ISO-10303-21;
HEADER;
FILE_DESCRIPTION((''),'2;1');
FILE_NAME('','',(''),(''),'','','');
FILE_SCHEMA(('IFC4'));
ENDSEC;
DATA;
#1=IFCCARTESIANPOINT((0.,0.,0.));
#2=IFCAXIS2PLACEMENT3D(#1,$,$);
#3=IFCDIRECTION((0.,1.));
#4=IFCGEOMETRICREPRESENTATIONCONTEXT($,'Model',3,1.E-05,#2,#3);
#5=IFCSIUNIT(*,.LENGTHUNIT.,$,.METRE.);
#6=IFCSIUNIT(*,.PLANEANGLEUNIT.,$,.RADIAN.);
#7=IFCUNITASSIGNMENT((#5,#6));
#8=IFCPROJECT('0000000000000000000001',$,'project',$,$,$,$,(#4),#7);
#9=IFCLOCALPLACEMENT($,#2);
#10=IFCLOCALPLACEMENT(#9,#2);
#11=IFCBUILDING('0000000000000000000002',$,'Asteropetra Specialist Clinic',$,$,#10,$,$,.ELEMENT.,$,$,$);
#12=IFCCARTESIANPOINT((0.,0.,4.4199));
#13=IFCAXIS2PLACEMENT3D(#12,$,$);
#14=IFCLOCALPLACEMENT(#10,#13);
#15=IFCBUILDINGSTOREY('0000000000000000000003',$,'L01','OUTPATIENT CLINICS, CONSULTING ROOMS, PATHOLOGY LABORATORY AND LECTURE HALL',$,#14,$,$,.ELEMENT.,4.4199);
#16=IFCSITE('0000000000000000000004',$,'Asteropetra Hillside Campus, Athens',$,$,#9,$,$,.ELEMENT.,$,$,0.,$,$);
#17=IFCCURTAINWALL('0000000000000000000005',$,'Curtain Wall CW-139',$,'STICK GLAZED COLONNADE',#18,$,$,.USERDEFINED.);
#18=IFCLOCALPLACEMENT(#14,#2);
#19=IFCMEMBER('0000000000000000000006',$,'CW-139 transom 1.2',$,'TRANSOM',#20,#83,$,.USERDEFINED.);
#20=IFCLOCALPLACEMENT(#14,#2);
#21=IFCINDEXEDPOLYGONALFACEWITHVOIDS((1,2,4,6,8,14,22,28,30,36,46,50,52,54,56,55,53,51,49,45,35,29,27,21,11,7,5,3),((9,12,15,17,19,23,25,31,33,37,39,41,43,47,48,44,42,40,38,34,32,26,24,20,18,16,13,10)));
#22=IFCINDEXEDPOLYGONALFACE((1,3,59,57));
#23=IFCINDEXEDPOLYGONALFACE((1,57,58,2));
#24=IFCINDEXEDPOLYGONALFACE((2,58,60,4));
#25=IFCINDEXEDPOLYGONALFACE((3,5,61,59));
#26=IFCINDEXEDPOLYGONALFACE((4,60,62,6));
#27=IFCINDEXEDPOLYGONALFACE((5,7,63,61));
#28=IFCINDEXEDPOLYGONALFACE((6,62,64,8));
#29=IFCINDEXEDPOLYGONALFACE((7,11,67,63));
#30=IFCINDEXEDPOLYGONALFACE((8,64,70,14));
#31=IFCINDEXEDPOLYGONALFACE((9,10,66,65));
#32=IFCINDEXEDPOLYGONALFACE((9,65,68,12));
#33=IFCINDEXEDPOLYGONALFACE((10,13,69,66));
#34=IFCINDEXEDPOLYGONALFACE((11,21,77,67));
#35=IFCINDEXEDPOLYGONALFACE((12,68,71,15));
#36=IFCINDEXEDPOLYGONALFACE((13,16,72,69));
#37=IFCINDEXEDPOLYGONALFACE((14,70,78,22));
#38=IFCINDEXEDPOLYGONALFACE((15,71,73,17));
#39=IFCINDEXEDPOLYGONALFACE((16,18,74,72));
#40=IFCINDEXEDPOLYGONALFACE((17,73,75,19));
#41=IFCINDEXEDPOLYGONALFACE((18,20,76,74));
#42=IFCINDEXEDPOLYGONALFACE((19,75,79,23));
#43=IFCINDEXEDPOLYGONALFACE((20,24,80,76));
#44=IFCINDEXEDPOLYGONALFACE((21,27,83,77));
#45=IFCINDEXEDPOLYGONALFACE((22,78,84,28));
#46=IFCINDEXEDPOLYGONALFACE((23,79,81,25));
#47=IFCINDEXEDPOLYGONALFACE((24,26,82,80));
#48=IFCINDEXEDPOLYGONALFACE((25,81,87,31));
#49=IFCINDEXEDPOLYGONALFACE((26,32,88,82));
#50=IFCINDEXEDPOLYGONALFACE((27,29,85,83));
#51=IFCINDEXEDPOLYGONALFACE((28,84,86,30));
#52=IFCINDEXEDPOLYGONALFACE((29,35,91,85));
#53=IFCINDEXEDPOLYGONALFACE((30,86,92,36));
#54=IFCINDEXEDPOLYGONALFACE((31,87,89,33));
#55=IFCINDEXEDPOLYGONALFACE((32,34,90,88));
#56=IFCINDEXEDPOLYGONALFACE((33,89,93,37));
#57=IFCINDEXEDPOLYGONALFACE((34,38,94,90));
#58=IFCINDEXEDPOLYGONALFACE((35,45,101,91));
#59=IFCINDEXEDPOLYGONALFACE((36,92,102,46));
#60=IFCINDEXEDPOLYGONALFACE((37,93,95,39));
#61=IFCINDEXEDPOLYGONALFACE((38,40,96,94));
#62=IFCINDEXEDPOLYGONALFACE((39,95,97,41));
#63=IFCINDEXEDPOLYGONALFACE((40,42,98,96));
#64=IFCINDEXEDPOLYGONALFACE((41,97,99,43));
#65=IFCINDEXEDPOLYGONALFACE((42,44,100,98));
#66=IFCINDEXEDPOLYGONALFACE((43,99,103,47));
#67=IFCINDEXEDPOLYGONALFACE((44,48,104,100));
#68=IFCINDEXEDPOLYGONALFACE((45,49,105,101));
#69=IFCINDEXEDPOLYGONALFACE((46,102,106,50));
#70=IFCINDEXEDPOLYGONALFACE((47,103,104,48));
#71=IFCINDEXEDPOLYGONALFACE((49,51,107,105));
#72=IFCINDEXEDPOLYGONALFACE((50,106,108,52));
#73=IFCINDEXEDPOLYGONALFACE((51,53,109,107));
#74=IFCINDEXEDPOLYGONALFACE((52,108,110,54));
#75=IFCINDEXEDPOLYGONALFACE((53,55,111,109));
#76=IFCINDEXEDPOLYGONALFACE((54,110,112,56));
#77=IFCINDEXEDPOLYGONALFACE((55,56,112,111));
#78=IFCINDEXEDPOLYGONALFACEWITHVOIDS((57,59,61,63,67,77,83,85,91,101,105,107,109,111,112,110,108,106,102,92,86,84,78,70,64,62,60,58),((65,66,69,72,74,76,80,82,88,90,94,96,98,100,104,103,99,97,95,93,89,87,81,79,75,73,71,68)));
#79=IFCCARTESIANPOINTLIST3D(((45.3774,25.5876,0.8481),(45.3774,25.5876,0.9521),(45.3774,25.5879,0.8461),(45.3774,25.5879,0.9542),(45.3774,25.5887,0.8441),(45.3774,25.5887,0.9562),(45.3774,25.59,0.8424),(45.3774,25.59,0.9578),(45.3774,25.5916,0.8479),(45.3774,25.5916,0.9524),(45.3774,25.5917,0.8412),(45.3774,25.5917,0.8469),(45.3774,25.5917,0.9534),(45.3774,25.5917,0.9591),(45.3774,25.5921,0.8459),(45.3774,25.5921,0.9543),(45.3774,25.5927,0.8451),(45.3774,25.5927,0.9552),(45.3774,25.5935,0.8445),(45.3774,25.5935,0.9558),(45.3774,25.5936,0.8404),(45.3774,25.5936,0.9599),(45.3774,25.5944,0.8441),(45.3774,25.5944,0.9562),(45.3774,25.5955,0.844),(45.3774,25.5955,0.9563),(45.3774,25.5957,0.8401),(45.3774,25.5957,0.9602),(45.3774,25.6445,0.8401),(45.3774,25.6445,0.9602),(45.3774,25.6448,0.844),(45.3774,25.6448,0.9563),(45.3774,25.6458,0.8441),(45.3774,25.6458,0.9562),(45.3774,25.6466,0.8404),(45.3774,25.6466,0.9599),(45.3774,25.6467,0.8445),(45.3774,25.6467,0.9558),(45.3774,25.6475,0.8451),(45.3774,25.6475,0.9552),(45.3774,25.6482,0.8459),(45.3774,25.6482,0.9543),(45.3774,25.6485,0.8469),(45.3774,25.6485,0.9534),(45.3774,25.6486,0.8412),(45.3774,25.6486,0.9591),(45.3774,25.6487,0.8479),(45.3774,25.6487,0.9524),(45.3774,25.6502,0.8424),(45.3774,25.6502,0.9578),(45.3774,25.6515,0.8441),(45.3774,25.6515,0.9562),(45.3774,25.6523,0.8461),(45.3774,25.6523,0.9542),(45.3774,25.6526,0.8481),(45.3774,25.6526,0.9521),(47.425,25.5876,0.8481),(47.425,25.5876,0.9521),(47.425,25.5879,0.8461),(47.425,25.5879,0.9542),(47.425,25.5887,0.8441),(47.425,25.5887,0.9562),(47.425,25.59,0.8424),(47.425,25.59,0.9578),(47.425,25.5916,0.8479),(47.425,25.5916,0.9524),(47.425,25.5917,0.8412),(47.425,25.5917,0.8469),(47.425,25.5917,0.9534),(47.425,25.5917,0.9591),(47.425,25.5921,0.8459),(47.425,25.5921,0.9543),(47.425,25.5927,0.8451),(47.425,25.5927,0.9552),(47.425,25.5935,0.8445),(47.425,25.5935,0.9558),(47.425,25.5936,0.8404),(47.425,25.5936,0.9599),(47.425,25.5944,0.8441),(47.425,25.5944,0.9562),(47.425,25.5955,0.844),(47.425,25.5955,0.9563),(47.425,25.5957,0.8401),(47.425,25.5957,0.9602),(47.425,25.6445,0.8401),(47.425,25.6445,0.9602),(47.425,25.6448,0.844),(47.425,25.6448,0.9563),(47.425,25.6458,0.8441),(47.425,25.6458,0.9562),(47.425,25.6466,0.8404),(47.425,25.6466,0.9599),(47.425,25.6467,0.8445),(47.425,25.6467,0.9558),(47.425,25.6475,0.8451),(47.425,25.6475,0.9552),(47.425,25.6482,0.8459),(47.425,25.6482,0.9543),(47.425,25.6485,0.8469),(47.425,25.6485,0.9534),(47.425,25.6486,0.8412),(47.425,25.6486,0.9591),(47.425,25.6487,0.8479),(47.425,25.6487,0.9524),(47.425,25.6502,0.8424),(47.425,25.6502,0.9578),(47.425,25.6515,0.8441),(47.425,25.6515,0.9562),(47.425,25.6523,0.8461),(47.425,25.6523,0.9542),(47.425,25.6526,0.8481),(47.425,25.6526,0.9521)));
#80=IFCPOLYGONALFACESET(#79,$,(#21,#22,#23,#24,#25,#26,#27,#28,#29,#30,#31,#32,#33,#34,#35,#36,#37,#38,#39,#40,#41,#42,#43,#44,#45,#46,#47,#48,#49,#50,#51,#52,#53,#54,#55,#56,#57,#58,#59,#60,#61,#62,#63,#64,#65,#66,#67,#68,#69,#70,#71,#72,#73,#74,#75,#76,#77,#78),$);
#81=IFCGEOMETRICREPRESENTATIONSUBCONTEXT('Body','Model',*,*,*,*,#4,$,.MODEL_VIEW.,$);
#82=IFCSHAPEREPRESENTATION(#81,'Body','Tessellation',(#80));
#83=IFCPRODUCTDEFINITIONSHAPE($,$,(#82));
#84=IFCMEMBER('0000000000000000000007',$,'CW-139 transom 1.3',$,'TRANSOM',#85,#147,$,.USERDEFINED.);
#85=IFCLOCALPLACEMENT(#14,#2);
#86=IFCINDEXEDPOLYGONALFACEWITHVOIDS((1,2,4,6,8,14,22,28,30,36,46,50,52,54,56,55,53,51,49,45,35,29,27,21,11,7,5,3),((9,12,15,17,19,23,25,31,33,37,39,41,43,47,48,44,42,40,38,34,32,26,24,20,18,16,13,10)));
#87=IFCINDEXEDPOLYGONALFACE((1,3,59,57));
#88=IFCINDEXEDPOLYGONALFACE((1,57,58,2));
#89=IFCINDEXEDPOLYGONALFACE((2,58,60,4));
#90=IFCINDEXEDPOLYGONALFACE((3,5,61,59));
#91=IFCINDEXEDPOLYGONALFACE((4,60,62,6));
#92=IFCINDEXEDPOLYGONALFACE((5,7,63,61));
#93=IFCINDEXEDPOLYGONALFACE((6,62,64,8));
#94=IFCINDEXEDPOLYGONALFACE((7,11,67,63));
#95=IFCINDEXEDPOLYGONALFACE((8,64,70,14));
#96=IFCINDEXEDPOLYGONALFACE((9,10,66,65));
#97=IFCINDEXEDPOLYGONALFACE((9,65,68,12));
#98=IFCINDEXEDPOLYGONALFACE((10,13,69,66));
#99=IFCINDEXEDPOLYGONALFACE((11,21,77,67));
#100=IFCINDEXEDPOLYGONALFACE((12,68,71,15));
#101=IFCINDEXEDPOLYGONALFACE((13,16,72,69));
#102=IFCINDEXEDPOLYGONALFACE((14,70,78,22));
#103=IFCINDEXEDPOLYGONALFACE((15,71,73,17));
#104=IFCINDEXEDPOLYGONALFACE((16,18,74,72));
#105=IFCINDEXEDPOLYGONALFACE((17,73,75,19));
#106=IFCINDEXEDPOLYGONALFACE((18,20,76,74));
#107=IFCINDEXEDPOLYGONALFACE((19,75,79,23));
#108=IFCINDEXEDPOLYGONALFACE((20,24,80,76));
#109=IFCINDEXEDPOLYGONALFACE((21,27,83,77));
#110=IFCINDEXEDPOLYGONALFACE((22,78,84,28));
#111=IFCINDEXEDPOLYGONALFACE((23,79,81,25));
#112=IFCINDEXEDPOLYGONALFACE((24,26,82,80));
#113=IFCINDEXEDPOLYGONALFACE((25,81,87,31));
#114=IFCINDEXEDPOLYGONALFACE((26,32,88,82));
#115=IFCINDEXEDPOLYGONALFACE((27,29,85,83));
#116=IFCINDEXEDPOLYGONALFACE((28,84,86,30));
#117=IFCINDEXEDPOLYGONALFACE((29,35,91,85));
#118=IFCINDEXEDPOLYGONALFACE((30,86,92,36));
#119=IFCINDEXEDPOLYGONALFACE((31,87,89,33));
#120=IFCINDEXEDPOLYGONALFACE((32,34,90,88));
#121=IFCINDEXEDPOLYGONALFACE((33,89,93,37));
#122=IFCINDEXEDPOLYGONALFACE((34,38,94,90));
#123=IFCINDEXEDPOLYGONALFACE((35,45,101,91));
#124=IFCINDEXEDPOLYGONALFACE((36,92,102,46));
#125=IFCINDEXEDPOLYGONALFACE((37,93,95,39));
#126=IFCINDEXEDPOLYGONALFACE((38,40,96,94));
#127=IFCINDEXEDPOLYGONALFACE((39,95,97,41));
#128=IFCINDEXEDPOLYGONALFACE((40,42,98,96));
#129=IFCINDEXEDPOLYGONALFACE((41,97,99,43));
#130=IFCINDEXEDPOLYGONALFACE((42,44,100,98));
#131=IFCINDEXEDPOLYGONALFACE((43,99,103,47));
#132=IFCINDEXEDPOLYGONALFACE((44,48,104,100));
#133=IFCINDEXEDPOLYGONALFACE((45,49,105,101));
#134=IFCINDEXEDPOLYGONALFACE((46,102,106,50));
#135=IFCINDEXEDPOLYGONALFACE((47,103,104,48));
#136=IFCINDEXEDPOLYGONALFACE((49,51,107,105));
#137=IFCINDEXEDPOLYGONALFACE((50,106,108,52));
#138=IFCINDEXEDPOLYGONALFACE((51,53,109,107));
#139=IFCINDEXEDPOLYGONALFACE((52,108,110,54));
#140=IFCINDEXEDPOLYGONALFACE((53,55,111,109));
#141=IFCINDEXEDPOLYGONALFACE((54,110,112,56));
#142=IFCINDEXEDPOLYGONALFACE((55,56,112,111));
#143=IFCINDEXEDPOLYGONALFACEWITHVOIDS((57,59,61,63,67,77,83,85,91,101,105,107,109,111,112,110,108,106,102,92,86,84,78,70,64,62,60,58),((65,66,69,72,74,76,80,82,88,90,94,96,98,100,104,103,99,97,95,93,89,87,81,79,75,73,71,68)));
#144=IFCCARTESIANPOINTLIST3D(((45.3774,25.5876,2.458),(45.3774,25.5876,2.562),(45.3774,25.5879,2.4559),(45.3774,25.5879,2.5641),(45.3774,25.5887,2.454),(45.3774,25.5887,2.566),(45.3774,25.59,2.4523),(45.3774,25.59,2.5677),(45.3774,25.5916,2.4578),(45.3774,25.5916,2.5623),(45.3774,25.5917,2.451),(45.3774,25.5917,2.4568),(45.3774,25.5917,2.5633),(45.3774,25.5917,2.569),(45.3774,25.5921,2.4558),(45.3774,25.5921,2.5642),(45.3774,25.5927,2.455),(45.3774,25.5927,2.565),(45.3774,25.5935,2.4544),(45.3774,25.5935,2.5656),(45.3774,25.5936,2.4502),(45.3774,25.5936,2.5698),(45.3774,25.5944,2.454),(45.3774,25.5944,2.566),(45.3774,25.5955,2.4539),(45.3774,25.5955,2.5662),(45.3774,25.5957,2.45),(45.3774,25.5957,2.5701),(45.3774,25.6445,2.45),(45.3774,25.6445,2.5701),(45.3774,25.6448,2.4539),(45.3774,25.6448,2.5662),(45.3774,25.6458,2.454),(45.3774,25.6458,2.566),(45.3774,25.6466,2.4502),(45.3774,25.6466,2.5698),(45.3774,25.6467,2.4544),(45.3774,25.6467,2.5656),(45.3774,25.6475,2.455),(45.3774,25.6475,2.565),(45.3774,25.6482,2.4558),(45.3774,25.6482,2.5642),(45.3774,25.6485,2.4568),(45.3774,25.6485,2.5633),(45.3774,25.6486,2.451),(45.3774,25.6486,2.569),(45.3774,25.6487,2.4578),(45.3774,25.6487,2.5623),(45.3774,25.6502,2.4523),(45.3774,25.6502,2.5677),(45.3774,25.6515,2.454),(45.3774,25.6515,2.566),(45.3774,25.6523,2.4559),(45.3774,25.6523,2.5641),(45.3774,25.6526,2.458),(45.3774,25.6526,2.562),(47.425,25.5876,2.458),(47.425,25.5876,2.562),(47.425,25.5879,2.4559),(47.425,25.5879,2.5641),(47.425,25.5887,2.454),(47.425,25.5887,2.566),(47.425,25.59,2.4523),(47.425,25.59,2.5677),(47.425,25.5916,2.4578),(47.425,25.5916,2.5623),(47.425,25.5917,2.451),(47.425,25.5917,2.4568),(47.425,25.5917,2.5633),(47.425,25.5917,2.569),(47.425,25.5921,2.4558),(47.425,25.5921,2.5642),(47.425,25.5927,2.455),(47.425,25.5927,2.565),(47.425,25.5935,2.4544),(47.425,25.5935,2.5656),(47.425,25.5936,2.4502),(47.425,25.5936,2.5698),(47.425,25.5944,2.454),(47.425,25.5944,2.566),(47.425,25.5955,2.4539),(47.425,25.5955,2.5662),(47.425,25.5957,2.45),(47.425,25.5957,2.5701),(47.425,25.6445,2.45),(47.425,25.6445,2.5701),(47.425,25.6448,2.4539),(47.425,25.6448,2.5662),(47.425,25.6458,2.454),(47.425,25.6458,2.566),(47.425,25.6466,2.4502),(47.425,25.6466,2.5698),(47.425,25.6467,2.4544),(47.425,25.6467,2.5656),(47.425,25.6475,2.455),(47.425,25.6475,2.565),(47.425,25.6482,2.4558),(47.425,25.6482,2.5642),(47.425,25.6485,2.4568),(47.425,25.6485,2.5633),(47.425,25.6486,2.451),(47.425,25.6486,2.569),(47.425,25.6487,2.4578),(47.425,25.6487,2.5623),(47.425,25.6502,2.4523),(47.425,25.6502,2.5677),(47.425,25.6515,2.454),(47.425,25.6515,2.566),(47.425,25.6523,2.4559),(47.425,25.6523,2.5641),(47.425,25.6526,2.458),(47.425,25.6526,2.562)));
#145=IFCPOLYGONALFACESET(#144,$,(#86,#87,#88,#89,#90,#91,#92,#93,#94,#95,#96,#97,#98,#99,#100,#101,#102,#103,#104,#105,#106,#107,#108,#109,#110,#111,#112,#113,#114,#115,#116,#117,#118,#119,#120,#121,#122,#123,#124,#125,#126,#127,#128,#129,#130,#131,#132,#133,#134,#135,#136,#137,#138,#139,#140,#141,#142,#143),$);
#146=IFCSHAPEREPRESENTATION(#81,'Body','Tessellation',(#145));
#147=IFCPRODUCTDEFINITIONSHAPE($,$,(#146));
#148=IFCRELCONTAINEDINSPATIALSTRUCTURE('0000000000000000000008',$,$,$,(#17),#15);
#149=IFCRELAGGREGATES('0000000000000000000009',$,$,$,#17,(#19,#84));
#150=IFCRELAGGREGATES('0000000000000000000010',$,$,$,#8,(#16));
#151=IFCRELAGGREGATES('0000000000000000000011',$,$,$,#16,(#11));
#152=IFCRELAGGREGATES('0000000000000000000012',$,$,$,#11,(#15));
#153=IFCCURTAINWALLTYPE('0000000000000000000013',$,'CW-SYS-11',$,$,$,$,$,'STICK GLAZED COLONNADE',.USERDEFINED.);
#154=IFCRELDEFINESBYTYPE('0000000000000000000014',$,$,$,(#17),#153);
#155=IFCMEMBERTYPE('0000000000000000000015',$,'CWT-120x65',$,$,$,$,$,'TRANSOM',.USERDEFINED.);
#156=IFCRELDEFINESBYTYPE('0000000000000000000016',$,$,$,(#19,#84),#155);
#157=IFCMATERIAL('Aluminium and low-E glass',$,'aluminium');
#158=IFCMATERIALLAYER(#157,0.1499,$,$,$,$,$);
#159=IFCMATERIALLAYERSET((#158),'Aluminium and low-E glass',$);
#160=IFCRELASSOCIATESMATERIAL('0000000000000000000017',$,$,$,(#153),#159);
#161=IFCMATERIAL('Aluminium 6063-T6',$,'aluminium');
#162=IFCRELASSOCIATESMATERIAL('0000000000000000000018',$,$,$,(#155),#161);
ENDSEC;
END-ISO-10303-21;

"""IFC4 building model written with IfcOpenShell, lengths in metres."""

from ifc_helpers import new_model, si_unit, direction, frame, origin, origin_2d, place, context, subcontext, project, spatial, hollow_rectangle, extrude, material, layer, layer_set, material_profile, profile_set, type_object, element, aggregate, save


model = new_model("IFC4")

# Units and contexts
model_context = context("Model", 3, precision=1e-05, world=origin(), true_north=direction((0.0, 1.0)))
body_context = subcontext(model_context, "Body", "Model", "MODEL_VIEW")
ifc_project = project(units=[si_unit("LENGTHUNIT", "METRE"), si_unit("PLANEANGLEUNIT", "RADIAN")], contexts=[model_context])

# Site, building, storey
site_placement = place(None, origin())
site = spatial("IfcSite", under=ifc_project, at=site_placement, Name="Asteropetra Hillside Campus, Athens", CompositionType="ELEMENT", RefElevation=0.0)
building_placement = place(site_placement, origin())
building = spatial("IfcBuilding", under=site, at=building_placement, Name="Asteropetra Specialist Clinic", CompositionType="ELEMENT")
storey_placement = place(building_placement, frame((0.0, 0.0, 4.4199)))
storey = spatial("IfcBuildingStorey", under=building, at=storey_placement, Name="L01", Description="OUTPATIENT CLINICS, CONSULTING ROOMS, PATHOLOGY LABORATORY AND LECTURE HALL", CompositionType="ELEMENT", Elevation=4.4199)

# Curtain wall
ifc_material_1 = material(Name="Aluminium and low-E glass", Category="aluminium")
ifc_layer_1 = layer(ifc_material_1, 0.1499)
ifc_layer_set_1 = layer_set([ifc_layer_1], Name="Aluminium and low-E glass")
curtain_wall_type_1 = type_object("IfcCurtainWallType", Name="CW-SYS-11", ElementType="STICK GLAZED COLONNADE", PredefinedType="USERDEFINED", material=ifc_layer_set_1)
curtain_wall_1_placement = place(storey_placement, origin())
curtain_wall_1 = element("IfcCurtainWall", 1, at=curtain_wall_1_placement, inside=storey, type_object=curtain_wall_type_1, Name="Curtain Wall CW-139", ObjectType="STICK GLAZED COLONNADE", PredefinedType="USERDEFINED")

# Members
ifc_material_2 = material(Name="Aluminium 6063-T6", Category="aluminium")
ifc_material_profile_1 = material_profile(ifc_material_2, hollow_rectangle(XDim=0.0649, YDim=0.1201, WallThickness=0.0039, InnerFilletRadius=0.0039, OuterFilletRadius=0.0081, at=origin_2d()), Name="TRN 120x65x4.0")
ifc_profile_set_1 = profile_set([ifc_material_profile_1], Name="Aluminium 6063-T6")
member_type_1 = type_object("IfcMemberType", Name="CWT-120x65", ElementType="TRANSOM", PredefinedType="USERDEFINED", material=ifc_profile_set_1)
member_1_placement = place(storey_placement, frame((47.425, 25.6201, 0.9001), z_axis=(-1.0, 0.0, 0.0), x_axis=(0.0, -1.0, 0.0)))
member_1 = element("IfcMember", 2, at=member_1_placement, type_object=member_type_1, Name="CW-139 transom 1.2", ObjectType="TRANSOM", PredefinedType="USERDEFINED", context=body_context, shape_type="SweptSolid", body=[
    extrude(hollow_rectangle(XDim=0.0649, YDim=0.1201, WallThickness=0.0039, InnerFilletRadius=0.0039, OuterFilletRadius=0.0081, at=origin_2d()), origin(), (0.0, 0.0, 1.0), 2.0476),
])
member_2_placement = place(storey_placement, frame((47.425, 25.6201, 2.51), z_axis=(-1.0, 0.0, 0.0), x_axis=(0.0, -1.0, 0.0)))
member_2 = element("IfcMember", 3, at=member_2_placement, type_object=member_type_1, Name="CW-139 transom 1.3", ObjectType="TRANSOM", PredefinedType="USERDEFINED", context=body_context, shape_type="SweptSolid", body=[
    extrude(hollow_rectangle(XDim=0.0649, YDim=0.1201, WallThickness=0.0039, InnerFilletRadius=0.0039, OuterFilletRadius=0.0081, at=origin_2d()), origin(), (0.0, 0.0, 1.0), 2.0476),
])
aggregate(curtain_wall_1, [member_1, member_2])

save(model, "model.ifc")
